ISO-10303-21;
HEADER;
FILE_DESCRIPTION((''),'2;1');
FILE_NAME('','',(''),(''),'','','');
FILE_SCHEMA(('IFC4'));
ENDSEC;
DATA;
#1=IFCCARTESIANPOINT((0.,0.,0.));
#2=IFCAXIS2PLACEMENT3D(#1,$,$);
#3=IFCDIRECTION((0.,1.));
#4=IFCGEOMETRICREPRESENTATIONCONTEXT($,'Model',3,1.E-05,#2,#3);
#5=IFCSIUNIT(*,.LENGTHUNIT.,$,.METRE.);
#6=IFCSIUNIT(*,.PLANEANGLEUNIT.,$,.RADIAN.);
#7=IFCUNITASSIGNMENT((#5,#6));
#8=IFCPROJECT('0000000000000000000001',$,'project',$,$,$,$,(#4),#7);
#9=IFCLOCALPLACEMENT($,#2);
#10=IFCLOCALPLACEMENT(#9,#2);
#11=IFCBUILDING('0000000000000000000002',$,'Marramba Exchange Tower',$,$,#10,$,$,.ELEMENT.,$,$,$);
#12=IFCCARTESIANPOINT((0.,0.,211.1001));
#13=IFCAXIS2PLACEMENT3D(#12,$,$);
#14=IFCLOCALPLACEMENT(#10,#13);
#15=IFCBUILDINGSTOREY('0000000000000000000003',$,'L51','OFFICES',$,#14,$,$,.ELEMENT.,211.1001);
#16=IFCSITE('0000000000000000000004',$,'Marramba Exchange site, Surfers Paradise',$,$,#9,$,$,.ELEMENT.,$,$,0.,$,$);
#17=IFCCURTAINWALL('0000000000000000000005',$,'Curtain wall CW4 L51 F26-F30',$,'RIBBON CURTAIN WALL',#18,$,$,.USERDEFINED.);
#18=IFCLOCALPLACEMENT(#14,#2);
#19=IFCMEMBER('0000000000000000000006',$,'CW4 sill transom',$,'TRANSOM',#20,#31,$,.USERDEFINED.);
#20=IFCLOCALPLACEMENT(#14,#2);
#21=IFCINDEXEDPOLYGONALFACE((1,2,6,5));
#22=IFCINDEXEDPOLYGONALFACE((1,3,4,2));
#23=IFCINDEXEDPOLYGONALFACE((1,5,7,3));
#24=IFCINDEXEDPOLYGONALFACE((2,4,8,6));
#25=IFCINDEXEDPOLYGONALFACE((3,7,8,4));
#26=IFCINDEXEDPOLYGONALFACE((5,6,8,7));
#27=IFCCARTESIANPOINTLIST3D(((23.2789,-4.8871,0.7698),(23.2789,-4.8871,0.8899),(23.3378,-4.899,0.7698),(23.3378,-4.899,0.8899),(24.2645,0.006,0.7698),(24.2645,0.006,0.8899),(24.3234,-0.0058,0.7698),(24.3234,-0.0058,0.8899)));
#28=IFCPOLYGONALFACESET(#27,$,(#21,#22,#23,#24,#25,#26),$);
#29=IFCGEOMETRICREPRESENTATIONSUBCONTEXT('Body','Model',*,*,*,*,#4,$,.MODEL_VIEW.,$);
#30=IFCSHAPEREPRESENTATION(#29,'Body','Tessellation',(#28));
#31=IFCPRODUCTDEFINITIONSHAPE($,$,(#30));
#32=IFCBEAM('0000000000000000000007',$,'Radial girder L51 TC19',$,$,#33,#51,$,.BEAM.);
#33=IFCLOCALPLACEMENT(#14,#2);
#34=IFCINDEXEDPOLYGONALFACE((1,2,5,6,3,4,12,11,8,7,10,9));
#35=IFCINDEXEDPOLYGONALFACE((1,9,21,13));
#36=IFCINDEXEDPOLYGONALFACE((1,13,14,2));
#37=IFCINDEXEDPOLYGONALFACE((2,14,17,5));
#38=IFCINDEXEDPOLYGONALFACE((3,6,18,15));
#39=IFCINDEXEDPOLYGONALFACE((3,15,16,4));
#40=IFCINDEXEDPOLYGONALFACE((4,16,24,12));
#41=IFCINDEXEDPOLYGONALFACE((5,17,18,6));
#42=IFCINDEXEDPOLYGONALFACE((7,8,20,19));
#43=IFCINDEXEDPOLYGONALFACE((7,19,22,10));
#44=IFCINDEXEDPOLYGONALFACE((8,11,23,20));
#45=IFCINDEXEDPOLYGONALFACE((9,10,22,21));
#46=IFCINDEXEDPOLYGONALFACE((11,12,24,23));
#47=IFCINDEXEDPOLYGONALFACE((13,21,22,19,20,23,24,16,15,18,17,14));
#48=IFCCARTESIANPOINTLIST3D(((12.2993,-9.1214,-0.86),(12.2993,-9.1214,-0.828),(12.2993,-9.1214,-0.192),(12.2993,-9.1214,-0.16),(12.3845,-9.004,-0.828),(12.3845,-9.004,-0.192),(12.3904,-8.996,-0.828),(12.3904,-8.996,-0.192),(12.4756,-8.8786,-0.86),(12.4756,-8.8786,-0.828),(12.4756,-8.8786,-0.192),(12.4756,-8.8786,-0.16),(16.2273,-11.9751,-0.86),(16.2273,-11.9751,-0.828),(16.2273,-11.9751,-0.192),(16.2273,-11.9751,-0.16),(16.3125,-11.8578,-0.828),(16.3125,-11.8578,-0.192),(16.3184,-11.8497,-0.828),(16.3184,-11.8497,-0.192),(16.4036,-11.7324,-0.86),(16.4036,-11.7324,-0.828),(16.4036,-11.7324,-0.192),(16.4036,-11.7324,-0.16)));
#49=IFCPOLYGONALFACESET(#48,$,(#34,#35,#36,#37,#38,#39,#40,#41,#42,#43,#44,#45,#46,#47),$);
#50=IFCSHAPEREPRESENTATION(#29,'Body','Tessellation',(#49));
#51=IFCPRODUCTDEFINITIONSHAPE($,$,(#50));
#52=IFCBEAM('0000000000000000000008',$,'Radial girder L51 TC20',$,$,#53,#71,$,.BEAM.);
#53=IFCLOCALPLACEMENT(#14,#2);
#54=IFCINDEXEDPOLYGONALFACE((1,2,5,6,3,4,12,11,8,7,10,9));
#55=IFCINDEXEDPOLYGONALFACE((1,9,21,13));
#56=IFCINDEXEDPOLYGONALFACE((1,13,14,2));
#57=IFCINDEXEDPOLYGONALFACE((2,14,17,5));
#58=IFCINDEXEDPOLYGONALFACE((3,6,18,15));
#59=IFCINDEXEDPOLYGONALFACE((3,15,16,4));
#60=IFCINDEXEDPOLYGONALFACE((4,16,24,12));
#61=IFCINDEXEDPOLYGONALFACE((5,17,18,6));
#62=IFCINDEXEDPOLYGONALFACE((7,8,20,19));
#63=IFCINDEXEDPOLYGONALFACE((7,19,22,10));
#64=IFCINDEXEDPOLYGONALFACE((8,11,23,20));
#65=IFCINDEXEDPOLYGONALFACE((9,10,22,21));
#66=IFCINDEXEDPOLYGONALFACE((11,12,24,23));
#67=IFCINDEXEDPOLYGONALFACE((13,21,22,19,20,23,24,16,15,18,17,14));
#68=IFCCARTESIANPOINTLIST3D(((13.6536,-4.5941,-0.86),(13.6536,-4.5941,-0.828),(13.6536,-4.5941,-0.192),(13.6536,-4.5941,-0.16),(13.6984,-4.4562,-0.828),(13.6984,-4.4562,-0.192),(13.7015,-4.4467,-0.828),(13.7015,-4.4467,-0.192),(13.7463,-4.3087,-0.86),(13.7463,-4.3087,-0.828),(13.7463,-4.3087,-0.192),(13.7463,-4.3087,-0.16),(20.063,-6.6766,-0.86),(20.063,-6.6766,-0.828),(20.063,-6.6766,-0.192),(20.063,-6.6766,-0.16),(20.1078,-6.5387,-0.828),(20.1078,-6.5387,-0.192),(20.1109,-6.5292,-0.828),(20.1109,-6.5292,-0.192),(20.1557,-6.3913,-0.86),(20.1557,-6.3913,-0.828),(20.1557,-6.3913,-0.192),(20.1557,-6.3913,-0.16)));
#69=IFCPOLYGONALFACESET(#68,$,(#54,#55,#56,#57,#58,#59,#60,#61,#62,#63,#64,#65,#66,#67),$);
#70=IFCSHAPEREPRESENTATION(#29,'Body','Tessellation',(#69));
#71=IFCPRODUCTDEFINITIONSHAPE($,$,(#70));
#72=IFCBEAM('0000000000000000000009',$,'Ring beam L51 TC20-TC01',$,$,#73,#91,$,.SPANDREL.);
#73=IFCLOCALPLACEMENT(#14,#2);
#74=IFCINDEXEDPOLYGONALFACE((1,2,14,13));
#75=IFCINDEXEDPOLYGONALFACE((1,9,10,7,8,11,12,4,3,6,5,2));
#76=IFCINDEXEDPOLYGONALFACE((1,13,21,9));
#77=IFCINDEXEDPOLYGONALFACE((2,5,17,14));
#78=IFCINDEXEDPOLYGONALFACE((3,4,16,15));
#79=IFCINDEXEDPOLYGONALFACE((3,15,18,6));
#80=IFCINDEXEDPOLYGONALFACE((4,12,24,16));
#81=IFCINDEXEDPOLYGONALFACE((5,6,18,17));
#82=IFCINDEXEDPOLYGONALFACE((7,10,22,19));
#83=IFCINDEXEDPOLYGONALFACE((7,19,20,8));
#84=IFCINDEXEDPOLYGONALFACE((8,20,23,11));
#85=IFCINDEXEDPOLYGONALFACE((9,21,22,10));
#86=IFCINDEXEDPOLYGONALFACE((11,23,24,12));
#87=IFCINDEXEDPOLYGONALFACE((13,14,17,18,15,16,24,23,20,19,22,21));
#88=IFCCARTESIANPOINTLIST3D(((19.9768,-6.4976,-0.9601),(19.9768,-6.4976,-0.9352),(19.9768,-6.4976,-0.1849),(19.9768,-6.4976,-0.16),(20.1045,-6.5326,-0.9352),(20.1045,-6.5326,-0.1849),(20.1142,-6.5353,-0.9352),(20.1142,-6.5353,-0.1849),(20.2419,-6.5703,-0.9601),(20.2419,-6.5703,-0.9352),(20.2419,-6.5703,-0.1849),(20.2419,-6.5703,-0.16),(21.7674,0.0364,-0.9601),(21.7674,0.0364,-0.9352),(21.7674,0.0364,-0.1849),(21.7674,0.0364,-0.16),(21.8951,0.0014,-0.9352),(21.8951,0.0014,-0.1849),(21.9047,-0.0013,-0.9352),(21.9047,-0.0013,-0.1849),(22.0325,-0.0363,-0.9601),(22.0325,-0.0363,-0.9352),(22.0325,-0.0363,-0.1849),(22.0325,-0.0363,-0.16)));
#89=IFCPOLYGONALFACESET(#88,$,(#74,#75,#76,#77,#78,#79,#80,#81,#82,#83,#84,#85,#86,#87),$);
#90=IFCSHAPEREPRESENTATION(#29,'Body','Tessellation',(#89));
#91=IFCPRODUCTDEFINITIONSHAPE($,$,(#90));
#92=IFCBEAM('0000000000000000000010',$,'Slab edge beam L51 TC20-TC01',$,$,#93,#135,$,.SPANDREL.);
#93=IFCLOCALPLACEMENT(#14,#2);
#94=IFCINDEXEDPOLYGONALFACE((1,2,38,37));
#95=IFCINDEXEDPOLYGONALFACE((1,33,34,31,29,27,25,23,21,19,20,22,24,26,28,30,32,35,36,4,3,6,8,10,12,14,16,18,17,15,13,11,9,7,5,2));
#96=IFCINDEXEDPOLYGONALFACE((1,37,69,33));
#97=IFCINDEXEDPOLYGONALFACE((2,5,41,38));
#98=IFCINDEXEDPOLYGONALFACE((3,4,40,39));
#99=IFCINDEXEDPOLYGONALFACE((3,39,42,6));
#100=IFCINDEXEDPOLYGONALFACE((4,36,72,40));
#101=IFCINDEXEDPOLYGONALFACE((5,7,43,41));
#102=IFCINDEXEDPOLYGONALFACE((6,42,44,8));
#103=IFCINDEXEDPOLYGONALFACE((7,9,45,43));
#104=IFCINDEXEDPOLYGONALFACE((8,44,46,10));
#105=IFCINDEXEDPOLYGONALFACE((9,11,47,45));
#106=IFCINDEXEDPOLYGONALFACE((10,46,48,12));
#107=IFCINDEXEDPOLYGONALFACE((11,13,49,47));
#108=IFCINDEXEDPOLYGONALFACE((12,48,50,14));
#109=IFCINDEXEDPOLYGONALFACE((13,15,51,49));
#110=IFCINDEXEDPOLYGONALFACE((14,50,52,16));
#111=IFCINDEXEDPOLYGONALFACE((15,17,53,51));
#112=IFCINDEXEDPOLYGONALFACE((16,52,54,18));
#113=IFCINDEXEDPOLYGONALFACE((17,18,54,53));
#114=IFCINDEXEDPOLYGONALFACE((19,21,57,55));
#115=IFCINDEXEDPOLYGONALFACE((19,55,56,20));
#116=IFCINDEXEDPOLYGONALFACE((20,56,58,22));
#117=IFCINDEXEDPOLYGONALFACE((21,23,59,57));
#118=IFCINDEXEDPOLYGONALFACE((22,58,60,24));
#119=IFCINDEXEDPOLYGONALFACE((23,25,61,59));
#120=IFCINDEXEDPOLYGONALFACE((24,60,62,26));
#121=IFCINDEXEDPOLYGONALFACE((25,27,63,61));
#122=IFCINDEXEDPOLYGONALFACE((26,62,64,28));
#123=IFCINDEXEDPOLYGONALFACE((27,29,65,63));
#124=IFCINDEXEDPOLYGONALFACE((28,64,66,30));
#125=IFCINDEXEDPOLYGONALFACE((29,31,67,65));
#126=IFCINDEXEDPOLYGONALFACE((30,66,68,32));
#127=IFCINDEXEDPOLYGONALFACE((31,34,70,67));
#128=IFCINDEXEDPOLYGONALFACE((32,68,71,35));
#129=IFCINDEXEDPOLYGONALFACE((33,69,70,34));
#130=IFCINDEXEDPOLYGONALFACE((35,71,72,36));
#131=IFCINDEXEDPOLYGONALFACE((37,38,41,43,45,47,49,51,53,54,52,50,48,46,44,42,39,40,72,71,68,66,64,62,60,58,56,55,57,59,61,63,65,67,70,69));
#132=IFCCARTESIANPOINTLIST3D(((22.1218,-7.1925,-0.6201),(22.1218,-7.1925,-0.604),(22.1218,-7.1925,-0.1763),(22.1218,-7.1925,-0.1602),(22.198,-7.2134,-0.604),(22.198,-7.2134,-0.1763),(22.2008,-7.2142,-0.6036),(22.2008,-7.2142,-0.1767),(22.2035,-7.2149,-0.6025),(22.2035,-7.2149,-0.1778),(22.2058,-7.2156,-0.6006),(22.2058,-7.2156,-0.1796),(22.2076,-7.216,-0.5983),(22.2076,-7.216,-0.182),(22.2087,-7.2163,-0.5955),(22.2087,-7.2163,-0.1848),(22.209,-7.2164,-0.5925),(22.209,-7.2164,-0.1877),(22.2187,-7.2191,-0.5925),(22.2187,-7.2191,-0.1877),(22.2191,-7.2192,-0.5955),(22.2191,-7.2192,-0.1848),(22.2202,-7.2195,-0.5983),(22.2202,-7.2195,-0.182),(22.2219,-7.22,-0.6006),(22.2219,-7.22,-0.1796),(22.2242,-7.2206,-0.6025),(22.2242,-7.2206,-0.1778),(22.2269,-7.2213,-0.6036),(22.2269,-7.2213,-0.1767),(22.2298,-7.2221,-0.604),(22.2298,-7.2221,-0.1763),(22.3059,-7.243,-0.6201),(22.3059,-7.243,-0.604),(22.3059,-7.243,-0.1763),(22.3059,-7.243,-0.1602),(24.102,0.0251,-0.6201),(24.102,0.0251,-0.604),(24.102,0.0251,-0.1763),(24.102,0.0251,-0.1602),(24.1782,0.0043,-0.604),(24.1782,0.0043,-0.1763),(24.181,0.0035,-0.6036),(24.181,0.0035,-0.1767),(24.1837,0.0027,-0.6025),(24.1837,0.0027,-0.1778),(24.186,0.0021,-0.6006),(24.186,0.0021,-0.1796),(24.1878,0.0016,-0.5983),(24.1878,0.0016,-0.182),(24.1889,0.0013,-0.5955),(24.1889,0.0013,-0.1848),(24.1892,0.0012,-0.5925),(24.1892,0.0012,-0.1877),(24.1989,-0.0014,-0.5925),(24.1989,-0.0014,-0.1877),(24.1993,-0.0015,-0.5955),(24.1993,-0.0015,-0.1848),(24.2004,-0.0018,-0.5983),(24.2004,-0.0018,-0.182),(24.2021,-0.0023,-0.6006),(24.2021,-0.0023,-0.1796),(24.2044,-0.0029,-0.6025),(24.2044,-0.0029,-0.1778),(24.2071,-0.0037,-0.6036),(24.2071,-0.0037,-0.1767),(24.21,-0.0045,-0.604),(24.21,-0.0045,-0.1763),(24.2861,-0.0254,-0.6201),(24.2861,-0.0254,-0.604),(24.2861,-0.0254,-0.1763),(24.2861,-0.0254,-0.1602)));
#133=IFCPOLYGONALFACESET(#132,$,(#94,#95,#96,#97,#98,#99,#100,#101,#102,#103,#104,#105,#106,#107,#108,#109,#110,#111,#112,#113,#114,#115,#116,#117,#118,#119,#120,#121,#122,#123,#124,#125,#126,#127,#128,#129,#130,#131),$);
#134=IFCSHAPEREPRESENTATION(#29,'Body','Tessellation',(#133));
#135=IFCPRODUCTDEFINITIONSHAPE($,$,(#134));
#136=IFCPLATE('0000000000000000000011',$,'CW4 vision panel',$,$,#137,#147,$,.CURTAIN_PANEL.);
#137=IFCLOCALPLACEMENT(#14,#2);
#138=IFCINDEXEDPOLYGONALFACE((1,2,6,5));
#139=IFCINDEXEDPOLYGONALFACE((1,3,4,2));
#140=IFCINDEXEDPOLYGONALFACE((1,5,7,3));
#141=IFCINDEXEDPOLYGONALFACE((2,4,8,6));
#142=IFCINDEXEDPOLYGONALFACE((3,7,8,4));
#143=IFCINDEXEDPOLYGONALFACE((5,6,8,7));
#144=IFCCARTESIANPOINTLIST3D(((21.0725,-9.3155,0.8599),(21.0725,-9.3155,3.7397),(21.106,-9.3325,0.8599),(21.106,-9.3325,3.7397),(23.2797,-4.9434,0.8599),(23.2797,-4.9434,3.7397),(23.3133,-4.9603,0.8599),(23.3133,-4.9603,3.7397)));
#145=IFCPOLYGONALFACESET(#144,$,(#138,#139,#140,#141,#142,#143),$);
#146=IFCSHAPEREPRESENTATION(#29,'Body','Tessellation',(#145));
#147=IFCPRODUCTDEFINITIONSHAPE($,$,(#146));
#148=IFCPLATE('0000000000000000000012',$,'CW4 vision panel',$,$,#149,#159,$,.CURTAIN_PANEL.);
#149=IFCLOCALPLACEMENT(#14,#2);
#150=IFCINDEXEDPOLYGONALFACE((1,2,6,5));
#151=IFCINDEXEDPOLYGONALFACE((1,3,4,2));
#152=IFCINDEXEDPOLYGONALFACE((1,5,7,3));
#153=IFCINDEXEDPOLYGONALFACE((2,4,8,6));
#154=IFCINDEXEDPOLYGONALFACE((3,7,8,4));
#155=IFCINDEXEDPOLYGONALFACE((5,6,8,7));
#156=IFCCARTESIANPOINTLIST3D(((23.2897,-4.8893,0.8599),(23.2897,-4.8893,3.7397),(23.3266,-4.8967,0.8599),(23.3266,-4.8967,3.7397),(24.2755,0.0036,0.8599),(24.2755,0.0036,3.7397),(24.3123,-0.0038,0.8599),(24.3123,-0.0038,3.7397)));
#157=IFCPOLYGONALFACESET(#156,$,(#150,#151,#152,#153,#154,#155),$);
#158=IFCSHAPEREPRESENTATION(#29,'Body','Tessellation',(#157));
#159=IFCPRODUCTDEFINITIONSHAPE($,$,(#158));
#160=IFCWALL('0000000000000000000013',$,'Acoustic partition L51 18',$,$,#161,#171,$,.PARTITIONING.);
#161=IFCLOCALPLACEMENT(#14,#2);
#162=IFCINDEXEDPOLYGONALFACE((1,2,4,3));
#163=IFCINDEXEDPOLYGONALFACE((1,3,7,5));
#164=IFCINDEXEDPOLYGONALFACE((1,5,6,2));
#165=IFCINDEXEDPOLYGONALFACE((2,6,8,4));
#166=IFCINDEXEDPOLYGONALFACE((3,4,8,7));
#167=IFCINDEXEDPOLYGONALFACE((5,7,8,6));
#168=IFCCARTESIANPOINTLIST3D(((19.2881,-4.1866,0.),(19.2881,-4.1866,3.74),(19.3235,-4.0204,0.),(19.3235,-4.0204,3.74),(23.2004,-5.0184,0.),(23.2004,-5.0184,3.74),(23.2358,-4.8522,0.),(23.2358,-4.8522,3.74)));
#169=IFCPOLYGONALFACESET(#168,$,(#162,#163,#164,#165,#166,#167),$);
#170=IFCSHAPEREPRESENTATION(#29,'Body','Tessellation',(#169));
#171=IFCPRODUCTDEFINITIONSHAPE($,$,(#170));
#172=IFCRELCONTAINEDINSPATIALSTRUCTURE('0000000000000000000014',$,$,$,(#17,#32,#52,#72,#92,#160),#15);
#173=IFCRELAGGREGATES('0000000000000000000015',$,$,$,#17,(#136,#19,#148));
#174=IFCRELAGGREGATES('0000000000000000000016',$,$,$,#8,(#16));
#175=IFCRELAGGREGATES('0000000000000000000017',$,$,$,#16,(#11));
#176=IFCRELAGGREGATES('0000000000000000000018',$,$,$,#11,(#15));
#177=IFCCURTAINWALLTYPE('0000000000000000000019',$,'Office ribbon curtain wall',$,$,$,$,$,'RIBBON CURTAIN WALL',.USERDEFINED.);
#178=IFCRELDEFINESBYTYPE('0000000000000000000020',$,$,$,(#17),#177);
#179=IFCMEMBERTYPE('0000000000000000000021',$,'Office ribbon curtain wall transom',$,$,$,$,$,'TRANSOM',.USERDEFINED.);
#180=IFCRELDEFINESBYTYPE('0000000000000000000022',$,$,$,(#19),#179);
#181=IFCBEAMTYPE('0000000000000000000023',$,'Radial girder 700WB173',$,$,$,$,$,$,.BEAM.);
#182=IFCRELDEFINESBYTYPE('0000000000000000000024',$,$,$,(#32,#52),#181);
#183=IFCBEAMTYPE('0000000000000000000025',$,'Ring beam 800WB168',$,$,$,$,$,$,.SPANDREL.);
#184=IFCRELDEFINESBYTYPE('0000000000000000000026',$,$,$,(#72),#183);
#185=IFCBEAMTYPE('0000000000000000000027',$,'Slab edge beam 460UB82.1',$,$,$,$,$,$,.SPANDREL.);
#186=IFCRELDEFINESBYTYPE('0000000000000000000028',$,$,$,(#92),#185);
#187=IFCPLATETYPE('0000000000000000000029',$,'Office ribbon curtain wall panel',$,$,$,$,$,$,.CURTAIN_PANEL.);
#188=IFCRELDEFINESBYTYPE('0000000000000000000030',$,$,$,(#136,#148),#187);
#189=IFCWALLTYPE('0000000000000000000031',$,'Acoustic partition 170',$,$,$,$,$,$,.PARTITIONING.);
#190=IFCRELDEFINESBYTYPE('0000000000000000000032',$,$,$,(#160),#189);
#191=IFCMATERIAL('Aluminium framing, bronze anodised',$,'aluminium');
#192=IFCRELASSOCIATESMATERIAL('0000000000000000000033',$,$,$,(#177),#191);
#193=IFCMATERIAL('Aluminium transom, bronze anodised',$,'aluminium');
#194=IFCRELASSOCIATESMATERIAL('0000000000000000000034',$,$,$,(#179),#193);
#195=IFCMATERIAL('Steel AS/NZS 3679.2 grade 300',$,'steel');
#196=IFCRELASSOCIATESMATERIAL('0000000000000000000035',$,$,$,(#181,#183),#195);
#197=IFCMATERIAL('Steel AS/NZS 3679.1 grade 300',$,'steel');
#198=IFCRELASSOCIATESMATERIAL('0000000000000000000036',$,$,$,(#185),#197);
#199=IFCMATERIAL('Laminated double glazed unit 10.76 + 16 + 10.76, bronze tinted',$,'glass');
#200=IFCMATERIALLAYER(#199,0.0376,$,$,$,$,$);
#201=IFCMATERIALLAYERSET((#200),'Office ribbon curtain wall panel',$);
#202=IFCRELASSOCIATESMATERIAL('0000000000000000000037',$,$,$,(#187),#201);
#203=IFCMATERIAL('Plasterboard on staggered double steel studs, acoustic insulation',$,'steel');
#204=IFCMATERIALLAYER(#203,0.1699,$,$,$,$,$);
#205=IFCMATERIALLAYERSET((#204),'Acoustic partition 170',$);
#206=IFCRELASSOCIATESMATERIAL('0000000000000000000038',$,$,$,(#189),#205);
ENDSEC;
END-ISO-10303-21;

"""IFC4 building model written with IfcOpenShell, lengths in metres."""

from ifc_helpers import new_model, si_unit, direction, frame, frame_2d, origin, origin_2d, place, context, subcontext, project, spatial, rectangle, i_section, extrude, material, layer, layer_set, material_profile, profile_set, type_object, element, aggregate, save


model = new_model("IFC4")

# Units and contexts
model_context = context("Model", 3, precision=1e-05, world=origin(), true_north=direction((0.0, 1.0)))
body_context = subcontext(model_context, "Body", "Model", "MODEL_VIEW")
ifc_project = project(units=[si_unit("LENGTHUNIT", "METRE"), si_unit("PLANEANGLEUNIT", "RADIAN")], contexts=[model_context])

# Site, building, storey
site_placement = place(None, origin())
site = spatial("IfcSite", under=ifc_project, at=site_placement, Name="Marramba Exchange site, Surfers Paradise", CompositionType="ELEMENT", RefElevation=0.0)
building_placement = place(site_placement, origin())
building = spatial("IfcBuilding", under=site, at=building_placement, Name="Marramba Exchange Tower", CompositionType="ELEMENT")
storey_placement = place(building_placement, frame((0.0, 0.0, 211.1001)))
storey = spatial("IfcBuildingStorey", under=building, at=storey_placement, Name="L51", Description="OFFICES", CompositionType="ELEMENT", Elevation=211.1001)

# Shared definitions
ifc_material_1 = material(Name="Steel AS/NZS 3679.2 grade 300", Category="steel")
ifc_material_2 = material(Name="Steel AS/NZS 3679.1 grade 300", Category="steel")

# Curtain wall, member
ifc_material_3 = material(Name="Aluminium framing, bronze anodised", Category="aluminium")
curtain_wall_type = type_object("IfcCurtainWallType", Name="Office ribbon curtain wall", ElementType="RIBBON CURTAIN WALL", PredefinedType="USERDEFINED", material=ifc_material_3)
curtain_wall_placement = place(storey_placement, origin())
curtain_wall = element("IfcCurtainWall", 1, at=curtain_wall_placement, inside=storey, type_object=curtain_wall_type, Name="Curtain wall CW4 L51 F26-F30", ObjectType="RIBBON CURTAIN WALL", PredefinedType="USERDEFINED")
ifc_material_4 = material(Name="Aluminium transom, bronze anodised", Category="aluminium")
ifc_material_profile_1 = material_profile(ifc_material_4, rectangle(XDim=0.0601, YDim=0.1201, at=origin_2d()), Name="CW4 transom 60x120")
ifc_profile_set_1 = profile_set([ifc_material_profile_1], Name="Aluminium transom, bronze anodised")
member_type_1 = type_object("IfcMemberType", Name="Office ribbon curtain wall transom", ElementType="TRANSOM", PredefinedType="USERDEFINED", material=ifc_profile_set_1)
member_1_placement = place(storey_placement, frame((23.3083, -4.8931, 0.8298), z_axis=(0.197461, 0.980311, 0.0), x_axis=(-0.980311, 0.197461, 0.0)))
member_1 = element("IfcMember", 2, at=member_1_placement, type_object=member_type_1, Name="CW4 sill transom", ObjectType="TRANSOM", PredefinedType="USERDEFINED", context=body_context, shape_type="SweptSolid", body=[
    extrude(rectangle(XDim=0.0601, YDim=0.1201, at=origin_2d()), origin(), (0.0, 0.0, 1.0), 4.9915),
])

# Beams
ifc_material_profile_2 = material_profile(ifc_material_1, i_section(OverallWidth=0.3, OverallDepth=0.7, WebThickness=0.01, FlangeThickness=0.032, at=origin_2d()), Name="700WB173")
ifc_profile_set_2 = profile_set([ifc_material_profile_2], Name="Steel AS/NZS 3679.2 grade 300")
beam_type_1 = type_object("IfcBeamType", Name="Radial girder 700WB173", PredefinedType="BEAM", material=ifc_profile_set_2)
beam_1_placement = place(storey_placement, frame((12.3875, -9.0, -0.51), z_axis=(0.809025, -0.587774, 0.0), x_axis=(0.587774, 0.809025, 0.0)))
element("IfcBeam", 3, at=beam_1_placement, inside=storey, type_object=beam_type_1, Name="Radial girder L51 TC19", PredefinedType="BEAM", context=body_context, shape_type="SweptSolid", body=[
    extrude(i_section(OverallWidth=0.3, OverallDepth=0.7, WebThickness=0.01, FlangeThickness=0.032, at=origin_2d()), origin(), (0.0, 0.0, 1.0), 4.8552),
])
beam_2_placement = place(storey_placement, frame((13.7, -4.4514, -0.51), z_axis=(0.951058, -0.309013, 0.0), x_axis=(0.309013, 0.951058, 0.0)))
element("IfcBeam", 4, at=beam_2_placement, inside=storey, type_object=beam_type_1, Name="Radial girder L51 TC20", PredefinedType="BEAM", context=body_context, shape_type="SweptSolid", body=[
    extrude(i_section(OverallWidth=0.3, OverallDepth=0.7, WebThickness=0.01, FlangeThickness=0.032, at=origin_2d()), origin(), (0.0, 0.0, 1.0), 6.7393),
])
ifc_material_profile_3 = material_profile(ifc_material_1, i_section(OverallWidth=0.2749, OverallDepth=0.8, WebThickness=0.01, FlangeThickness=0.0249, at=origin_2d()), Name="800WB168")
ifc_profile_set_3 = profile_set([ifc_material_profile_3], Name="Steel AS/NZS 3679.2 grade 300")
beam_type_2 = type_object("IfcBeamType", Name="Ring beam 800WB168", PredefinedType="SPANDREL", material=ifc_profile_set_3)
beam_3_placement = place(storey_placement, frame((20.1094, -6.5339, -0.5601), z_axis=(0.264291, 0.964443, 0.0), x_axis=(-0.964443, 0.264291, 0.0)))
element("IfcBeam", 5, at=beam_3_placement, inside=storey, type_object=beam_type_2, Name="Ring beam L51 TC20-TC01", PredefinedType="SPANDREL", context=body_context, shape_type="SweptSolid", body=[
    extrude(i_section(OverallWidth=0.2749, OverallDepth=0.8, WebThickness=0.01, FlangeThickness=0.0249, at=origin_2d()), origin(), (0.0, 0.0, 1.0), 6.7749),
])
ifc_material_profile_4 = material_profile(ifc_material_2, i_section(OverallWidth=0.1909, OverallDepth=0.46, WebThickness=0.01, FlangeThickness=0.0161, FilletRadius=0.0115, at=origin_2d()), Name="460UB82.1")
ifc_profile_set_4 = profile_set([ifc_material_profile_4], Name="Steel AS/NZS 3679.1 grade 300")
beam_type_3 = type_object("IfcBeamType", Name="Slab edge beam 460UB82.1", PredefinedType="SPANDREL", material=ifc_profile_set_4)
beam_4_placement = place(storey_placement, frame((22.2139, -7.2178, -0.3901), z_axis=(0.264577, 0.964365, 0.0), x_axis=(-0.964365, 0.264577, 0.0)))
element("IfcBeam", 6, at=beam_4_placement, inside=storey, type_object=beam_type_3, Name="Slab edge beam L51 TC20-TC01", PredefinedType="SPANDREL", context=body_context, shape_type="SweptSolid", body=[
    extrude(i_section(OverallWidth=0.1909, OverallDepth=0.46, WebThickness=0.01, FlangeThickness=0.0161, FilletRadius=0.0115, at=origin_2d()), origin(), (0.0, 0.0, 1.0), 7.4844),
])

# Plates
ifc_material_5 = material(Name="Laminated double glazed unit 10.76 + 16 + 10.76, bronze tinted", Category="glass")
ifc_layer_1 = layer(ifc_material_5, 0.0376)
ifc_layer_set_1 = layer_set([ifc_layer_1], Name="Office ribbon curtain wall panel")
plate_type = type_object("IfcPlateType", Name="Office ribbon curtain wall panel", PredefinedType="CURTAIN_PANEL", material=ifc_layer_set_1)
plate_1_placement = place(storey_placement, frame((22.1929, -7.1379, 0.8599), z_axis=(0.0, 0.0, 1.0), x_axis=(0.450673, 0.892689, 0.0)))
plate_1 = element("IfcPlate", 7, at=plate_1_placement, type_object=plate_type, Name="CW4 vision panel", PredefinedType="CURTAIN_PANEL", context=body_context, shape_type="SweptSolid", body=[
    extrude(rectangle(XDim=4.8977, YDim=0.0376, at=origin_2d()), origin(), (0.0, 0.0, 1.0), 2.8799),
])
plate_2_placement = place(storey_placement, frame((23.801, -2.4465, 0.8599), z_axis=(0.0, 0.0, 1.0), x_axis=(0.197495, 0.980304, 0.0)))
plate_2 = element("IfcPlate", 8, at=plate_2_placement, type_object=plate_type, Name="CW4 vision panel", PredefinedType="CURTAIN_PANEL", context=body_context, shape_type="SweptSolid", body=[
    extrude(rectangle(XDim=4.9912, YDim=0.0376, at=origin_2d()), origin(), (0.0, 0.0, 1.0), 2.8799),
])
aggregate(curtain_wall, [plate_1, member_1, plate_2])

# Wall
ifc_material_6 = material(Name="Plasterboard on staggered double steel studs, acoustic insulation", Category="steel")
ifc_layer_2 = layer(ifc_material_6, 0.1699)
ifc_layer_set_2 = layer_set([ifc_layer_2], Name="Acoustic partition 170")
wall_type_1 = type_object("IfcWallType", Name="Acoustic partition 170", PredefinedType="PARTITIONING", material=ifc_layer_set_2)
wall_1_placement = place(storey_placement, frame((19.3057, -4.1035, 0.0), z_axis=(0.0, 0.0, 1.0), x_axis=(0.978138, -0.207957, 0.0)))
element("IfcWall", 9, at=wall_1_placement, inside=storey, type_object=wall_type_1, Name="Acoustic partition L51 18", PredefinedType="PARTITIONING", context=body_context, shape_type="SweptSolid", body=[
    extrude(rectangle(XDim=3.9998, YDim=0.1699, at=frame_2d((2.0, 0.0))), origin(), (0.0, 0.0, 1.0), 3.74),
])

save(model, "model.ifc")
